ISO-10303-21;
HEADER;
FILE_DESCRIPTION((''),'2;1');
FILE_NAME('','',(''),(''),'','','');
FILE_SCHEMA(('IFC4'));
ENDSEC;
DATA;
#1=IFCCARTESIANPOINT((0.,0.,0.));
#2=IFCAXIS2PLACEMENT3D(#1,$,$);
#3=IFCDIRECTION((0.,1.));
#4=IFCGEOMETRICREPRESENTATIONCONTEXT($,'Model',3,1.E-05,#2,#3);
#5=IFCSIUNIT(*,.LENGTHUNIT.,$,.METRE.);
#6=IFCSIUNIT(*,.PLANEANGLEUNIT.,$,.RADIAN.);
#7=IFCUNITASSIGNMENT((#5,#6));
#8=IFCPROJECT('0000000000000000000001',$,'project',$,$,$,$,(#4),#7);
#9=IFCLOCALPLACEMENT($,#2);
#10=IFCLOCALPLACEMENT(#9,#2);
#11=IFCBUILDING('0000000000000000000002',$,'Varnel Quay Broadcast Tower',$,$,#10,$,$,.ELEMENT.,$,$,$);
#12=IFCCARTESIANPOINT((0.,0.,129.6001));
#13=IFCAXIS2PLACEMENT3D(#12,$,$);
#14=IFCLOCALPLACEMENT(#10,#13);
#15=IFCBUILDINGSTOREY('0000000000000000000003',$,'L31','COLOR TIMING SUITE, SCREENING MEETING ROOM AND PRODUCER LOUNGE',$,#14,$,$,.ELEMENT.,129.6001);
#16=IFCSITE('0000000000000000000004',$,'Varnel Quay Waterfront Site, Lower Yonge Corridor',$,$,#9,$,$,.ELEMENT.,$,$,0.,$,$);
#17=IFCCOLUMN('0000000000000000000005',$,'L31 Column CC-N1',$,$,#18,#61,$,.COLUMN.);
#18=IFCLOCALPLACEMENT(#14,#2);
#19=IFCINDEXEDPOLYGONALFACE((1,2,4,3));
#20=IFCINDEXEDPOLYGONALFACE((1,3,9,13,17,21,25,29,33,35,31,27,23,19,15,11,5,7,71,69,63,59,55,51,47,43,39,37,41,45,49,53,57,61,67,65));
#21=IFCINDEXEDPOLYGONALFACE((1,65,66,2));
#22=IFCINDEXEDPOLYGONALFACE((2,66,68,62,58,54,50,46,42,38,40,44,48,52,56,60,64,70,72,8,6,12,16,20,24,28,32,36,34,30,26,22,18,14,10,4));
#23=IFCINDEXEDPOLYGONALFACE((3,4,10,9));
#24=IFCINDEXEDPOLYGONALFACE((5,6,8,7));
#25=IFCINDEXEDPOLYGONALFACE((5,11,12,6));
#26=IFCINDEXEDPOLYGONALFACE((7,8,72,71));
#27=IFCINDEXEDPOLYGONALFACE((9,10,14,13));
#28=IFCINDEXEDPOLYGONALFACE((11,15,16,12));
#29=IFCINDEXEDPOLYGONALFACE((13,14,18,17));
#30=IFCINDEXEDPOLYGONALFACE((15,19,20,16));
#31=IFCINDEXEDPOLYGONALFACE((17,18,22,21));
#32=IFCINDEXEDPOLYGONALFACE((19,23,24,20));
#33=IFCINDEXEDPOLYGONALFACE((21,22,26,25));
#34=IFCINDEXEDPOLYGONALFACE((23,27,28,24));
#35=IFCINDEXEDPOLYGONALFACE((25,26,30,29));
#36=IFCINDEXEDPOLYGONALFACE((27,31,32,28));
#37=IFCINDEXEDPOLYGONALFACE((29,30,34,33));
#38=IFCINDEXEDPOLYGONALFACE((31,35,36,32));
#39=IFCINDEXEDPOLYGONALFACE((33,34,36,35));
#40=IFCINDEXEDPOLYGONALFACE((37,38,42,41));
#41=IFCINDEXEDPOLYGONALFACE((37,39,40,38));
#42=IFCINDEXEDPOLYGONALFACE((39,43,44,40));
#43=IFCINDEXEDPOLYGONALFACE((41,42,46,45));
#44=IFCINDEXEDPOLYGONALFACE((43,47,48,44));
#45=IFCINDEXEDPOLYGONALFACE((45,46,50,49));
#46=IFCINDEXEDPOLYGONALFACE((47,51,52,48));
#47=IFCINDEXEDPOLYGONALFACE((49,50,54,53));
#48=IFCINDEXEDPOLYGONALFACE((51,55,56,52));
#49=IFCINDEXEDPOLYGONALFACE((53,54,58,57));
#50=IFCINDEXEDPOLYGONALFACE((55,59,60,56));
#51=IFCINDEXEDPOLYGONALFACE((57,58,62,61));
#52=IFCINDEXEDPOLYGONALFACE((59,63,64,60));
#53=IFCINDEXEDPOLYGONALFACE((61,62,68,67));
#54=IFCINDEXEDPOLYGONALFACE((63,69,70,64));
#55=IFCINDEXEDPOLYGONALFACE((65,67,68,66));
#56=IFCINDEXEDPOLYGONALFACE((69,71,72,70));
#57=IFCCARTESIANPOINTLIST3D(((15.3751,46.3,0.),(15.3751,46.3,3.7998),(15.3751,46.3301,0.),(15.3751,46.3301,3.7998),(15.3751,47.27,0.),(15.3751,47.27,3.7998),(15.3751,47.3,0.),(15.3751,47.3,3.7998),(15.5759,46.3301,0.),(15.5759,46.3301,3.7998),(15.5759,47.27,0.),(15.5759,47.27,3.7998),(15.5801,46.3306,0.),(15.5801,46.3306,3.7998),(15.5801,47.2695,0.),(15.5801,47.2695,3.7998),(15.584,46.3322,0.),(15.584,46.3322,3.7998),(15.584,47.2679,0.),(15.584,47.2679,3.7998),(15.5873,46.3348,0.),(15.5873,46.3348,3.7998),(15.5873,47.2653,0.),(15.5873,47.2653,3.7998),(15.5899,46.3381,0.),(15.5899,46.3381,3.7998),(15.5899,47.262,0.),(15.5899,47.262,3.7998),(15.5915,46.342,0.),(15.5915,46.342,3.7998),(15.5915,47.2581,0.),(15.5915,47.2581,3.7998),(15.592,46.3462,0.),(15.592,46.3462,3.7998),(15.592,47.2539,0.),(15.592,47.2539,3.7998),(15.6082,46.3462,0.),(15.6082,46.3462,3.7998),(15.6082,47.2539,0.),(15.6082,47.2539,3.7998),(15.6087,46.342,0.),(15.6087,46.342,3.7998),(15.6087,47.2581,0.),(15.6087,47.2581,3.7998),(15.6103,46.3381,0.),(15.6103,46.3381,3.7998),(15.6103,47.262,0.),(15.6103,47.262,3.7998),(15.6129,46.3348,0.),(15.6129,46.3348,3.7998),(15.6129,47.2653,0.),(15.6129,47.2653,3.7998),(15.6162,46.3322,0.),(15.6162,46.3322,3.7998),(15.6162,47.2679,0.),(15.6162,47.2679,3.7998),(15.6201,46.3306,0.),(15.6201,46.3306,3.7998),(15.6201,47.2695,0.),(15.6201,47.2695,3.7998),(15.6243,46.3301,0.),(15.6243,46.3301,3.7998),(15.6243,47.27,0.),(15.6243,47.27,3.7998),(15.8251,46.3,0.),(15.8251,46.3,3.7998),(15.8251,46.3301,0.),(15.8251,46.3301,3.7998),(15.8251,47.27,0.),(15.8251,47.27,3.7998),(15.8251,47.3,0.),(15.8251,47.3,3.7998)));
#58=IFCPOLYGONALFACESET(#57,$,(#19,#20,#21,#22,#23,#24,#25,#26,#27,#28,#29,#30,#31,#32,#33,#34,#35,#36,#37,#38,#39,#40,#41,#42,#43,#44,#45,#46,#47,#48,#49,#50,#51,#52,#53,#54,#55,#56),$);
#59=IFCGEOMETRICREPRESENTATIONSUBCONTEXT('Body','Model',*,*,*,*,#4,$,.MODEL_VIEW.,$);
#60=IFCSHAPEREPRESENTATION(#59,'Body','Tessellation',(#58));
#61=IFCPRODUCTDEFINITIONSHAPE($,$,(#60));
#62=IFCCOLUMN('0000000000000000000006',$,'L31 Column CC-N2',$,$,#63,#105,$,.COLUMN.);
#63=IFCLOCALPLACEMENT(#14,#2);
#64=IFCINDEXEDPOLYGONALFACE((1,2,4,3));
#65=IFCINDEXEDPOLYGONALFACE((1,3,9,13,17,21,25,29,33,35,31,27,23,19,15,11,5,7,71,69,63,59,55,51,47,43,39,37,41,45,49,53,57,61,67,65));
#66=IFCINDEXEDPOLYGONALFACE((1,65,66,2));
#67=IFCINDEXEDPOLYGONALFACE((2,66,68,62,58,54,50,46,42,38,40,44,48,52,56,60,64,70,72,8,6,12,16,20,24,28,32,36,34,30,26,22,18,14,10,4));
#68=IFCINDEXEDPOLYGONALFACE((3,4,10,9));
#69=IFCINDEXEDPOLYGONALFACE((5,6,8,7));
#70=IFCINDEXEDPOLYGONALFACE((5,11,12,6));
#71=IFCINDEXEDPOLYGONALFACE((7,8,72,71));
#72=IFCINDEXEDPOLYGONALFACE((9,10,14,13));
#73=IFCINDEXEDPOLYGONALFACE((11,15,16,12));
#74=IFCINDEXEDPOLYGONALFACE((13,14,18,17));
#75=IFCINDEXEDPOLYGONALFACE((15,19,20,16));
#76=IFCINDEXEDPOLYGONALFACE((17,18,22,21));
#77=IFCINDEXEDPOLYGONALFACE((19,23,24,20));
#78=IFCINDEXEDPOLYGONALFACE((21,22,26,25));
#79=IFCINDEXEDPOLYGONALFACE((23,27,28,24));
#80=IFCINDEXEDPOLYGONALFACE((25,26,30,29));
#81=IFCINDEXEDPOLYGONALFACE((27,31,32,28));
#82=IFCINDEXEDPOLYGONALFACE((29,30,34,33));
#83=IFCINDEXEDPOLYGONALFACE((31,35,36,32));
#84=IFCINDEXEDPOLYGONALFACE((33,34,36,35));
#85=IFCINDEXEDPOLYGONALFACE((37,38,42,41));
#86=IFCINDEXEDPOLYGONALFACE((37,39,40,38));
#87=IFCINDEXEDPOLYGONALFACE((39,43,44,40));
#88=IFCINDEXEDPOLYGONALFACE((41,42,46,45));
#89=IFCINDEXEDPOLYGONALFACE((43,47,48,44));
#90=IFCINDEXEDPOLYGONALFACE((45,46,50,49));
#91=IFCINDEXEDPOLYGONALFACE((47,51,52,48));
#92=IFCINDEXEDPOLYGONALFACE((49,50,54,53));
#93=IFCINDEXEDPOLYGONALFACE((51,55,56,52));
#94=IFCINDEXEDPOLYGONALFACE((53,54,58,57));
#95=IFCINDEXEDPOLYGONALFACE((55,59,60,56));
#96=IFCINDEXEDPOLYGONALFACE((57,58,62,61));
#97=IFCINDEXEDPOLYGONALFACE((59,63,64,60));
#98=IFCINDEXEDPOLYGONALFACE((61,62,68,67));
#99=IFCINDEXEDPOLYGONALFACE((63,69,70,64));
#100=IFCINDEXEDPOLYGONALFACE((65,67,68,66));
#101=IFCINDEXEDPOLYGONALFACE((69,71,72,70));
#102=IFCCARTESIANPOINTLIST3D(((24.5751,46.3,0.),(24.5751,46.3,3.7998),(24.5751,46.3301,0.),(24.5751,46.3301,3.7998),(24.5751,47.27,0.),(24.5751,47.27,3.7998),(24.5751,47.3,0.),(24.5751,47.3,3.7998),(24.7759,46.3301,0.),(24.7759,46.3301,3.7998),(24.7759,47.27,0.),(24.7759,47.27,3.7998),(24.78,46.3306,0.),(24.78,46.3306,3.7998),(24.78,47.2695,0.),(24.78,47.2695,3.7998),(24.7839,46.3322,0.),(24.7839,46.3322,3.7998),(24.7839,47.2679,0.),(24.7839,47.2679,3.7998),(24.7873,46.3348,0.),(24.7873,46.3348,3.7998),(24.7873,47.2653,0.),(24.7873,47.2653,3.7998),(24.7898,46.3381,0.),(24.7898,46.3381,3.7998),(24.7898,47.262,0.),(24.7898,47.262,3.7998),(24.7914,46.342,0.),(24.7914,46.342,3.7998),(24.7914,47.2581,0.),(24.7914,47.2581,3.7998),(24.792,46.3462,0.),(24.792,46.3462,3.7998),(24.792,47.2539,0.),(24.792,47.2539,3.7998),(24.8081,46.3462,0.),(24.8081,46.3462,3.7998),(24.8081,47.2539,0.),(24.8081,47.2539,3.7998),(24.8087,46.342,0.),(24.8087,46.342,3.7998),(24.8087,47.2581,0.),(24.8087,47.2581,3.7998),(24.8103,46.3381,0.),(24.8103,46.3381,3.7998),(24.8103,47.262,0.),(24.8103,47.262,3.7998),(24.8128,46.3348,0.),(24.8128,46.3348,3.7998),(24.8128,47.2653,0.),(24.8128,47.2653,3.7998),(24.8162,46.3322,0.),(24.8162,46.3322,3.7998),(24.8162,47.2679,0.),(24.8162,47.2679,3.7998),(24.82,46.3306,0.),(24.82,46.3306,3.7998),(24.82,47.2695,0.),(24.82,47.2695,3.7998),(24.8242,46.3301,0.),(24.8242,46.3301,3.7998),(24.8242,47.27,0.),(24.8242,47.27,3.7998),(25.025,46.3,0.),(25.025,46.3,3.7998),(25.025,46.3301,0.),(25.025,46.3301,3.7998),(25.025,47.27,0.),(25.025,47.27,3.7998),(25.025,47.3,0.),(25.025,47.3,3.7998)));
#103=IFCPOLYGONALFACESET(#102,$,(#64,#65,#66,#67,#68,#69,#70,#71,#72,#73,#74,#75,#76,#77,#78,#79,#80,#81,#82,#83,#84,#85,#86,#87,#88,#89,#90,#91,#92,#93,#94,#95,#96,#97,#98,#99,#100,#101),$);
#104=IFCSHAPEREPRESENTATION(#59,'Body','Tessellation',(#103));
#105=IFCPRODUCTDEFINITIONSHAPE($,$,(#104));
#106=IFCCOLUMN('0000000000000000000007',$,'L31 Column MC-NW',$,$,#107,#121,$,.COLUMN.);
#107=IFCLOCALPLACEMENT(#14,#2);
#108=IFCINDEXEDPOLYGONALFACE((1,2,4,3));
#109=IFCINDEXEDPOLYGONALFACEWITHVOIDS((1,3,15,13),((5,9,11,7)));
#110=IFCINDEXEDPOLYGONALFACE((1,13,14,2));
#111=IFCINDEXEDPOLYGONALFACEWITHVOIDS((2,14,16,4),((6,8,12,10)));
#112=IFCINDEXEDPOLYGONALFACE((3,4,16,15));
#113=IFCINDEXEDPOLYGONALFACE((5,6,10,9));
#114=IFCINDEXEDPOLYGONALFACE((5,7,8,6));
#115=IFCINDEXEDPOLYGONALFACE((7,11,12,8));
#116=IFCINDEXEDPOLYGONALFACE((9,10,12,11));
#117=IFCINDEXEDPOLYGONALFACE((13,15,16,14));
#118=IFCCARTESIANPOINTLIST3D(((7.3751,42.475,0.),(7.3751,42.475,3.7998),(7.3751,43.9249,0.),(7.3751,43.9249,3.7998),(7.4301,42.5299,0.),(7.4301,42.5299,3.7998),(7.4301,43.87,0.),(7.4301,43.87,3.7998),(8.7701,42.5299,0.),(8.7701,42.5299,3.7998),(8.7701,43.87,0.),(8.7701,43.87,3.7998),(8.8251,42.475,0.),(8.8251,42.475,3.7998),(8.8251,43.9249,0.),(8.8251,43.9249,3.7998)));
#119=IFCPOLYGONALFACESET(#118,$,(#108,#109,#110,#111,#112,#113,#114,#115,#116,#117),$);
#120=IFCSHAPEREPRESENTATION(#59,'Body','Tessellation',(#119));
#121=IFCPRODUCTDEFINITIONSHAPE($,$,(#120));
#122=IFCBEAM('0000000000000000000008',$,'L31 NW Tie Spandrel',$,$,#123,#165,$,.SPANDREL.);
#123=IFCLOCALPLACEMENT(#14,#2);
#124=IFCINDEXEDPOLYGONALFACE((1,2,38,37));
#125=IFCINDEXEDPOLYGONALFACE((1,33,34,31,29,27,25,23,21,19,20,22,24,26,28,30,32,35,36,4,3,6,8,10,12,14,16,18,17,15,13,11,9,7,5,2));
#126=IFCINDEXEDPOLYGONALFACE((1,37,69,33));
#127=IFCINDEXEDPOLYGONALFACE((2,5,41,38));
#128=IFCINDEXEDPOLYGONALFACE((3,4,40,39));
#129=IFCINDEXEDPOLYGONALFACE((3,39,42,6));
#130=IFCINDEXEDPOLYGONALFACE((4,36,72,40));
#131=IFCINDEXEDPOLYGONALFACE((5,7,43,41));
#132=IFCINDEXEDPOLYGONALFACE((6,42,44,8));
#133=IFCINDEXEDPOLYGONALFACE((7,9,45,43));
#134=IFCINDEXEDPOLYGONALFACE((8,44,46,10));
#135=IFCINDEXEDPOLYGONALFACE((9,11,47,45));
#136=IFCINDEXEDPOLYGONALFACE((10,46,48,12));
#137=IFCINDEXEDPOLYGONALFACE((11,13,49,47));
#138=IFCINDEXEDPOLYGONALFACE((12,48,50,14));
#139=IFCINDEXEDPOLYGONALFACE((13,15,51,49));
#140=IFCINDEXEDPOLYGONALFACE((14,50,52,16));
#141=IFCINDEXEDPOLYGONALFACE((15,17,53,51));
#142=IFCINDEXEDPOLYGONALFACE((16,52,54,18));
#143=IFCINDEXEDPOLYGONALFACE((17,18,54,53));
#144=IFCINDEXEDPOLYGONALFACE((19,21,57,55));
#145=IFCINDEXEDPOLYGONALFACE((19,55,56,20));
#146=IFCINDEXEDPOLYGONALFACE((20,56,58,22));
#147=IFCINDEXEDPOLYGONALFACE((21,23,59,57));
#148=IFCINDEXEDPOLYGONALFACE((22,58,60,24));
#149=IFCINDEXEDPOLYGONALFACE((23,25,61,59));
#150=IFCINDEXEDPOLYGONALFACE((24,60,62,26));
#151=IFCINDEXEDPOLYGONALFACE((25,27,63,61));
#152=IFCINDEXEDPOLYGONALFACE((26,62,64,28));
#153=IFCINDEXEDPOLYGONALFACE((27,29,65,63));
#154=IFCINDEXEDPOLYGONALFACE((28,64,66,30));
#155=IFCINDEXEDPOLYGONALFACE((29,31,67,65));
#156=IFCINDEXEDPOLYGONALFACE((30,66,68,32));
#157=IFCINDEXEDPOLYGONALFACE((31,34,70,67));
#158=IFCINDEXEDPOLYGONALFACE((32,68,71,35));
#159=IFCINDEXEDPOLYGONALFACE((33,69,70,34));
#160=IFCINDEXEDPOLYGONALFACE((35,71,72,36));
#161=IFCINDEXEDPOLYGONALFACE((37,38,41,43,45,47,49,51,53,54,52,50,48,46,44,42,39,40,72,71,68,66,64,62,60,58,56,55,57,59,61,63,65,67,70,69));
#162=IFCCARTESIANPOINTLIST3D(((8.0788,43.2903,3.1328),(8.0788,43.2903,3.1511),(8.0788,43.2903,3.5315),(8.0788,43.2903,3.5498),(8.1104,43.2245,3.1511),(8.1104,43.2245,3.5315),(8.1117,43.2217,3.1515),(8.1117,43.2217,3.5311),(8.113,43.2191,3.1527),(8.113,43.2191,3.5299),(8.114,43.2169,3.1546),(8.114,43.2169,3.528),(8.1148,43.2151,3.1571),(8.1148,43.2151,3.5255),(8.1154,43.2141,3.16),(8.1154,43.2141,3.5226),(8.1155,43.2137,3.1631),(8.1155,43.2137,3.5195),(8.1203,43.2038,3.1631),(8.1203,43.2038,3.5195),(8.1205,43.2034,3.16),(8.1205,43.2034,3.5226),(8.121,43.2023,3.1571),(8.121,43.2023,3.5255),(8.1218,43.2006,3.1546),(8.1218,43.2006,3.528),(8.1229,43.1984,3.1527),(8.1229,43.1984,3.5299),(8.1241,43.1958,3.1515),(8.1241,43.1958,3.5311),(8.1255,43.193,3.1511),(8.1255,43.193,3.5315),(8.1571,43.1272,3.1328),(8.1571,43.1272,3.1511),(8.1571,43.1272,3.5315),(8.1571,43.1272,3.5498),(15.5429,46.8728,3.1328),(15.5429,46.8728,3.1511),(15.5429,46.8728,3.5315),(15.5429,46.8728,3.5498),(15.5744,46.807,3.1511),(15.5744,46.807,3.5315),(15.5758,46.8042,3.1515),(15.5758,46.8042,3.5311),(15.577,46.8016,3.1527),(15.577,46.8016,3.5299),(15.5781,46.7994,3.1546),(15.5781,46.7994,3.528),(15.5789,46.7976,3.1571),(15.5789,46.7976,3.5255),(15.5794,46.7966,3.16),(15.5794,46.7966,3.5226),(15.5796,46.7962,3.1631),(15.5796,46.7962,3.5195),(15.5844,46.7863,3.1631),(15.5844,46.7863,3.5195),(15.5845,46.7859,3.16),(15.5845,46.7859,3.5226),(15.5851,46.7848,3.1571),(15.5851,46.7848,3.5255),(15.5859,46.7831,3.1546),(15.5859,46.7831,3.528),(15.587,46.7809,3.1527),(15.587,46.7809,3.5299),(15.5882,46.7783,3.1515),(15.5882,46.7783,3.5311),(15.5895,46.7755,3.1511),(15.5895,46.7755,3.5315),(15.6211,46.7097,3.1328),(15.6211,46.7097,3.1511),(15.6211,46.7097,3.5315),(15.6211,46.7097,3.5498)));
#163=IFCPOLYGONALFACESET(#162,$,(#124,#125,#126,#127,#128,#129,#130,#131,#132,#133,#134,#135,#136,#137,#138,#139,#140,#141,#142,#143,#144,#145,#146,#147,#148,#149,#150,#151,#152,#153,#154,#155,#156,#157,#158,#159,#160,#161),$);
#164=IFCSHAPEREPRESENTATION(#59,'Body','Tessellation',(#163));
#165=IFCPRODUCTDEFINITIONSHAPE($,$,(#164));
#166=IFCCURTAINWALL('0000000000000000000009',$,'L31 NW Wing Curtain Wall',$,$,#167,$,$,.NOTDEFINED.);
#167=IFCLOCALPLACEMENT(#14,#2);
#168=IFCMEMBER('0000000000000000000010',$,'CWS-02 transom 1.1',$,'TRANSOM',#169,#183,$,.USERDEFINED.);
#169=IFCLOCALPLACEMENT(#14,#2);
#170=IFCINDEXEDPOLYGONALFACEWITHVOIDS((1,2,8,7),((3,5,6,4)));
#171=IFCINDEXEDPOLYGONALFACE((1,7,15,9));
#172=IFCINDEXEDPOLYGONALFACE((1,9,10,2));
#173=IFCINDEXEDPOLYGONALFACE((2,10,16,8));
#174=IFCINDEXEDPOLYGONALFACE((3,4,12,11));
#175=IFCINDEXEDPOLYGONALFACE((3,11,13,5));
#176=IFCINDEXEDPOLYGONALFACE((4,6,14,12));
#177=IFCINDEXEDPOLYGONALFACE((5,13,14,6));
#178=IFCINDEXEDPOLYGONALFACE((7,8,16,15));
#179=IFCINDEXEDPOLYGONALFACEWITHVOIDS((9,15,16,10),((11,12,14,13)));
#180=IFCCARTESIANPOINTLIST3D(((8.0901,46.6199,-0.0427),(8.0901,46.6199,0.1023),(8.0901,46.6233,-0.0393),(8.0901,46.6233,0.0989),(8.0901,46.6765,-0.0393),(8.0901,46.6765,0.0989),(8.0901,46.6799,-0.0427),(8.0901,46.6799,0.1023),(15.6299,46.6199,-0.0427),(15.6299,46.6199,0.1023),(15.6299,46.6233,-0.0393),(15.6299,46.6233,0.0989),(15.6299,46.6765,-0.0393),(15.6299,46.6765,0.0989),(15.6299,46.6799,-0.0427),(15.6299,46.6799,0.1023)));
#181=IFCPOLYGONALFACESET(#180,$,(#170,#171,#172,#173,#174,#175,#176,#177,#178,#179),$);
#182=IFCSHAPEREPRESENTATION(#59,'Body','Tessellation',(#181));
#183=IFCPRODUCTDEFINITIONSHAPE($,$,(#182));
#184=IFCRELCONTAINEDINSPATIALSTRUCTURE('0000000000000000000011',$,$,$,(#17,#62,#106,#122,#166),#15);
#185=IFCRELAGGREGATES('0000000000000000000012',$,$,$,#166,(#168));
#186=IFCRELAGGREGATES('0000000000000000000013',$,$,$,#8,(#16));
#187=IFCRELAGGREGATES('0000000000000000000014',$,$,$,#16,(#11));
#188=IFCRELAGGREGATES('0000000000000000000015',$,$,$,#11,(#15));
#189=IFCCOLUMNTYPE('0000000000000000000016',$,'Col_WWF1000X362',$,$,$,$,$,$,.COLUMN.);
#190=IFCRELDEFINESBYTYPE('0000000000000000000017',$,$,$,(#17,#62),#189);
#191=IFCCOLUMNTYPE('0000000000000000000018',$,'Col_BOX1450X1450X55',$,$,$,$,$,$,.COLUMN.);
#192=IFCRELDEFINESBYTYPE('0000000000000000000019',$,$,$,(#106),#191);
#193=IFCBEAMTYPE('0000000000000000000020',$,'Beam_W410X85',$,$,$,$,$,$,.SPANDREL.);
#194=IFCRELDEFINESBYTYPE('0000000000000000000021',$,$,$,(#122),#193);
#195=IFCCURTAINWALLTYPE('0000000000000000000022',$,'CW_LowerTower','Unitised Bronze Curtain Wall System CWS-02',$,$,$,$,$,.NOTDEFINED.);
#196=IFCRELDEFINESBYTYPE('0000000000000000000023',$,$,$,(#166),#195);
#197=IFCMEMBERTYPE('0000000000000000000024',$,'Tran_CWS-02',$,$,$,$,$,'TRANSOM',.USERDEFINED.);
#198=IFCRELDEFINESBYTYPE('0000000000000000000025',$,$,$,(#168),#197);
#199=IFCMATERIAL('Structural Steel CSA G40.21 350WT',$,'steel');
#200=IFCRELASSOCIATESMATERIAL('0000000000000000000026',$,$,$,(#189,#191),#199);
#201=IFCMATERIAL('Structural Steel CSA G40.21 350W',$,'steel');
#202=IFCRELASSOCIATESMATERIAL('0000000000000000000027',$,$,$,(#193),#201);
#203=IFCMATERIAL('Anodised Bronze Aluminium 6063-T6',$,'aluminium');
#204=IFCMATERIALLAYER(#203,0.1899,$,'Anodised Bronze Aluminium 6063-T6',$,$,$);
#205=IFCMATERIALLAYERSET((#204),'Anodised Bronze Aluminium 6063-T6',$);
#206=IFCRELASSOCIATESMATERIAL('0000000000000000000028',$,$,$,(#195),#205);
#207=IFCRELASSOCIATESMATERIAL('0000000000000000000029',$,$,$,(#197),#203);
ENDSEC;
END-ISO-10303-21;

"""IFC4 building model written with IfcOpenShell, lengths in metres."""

from ifc_helpers import new_model, si_unit, direction, frame, origin, origin_2d, place, context, subcontext, project, spatial, hollow_rectangle, i_section, extrude, source, transform, mapped, material, layer, layer_set, material_profile, profile_set, type_object, type_shapes, element, aggregate, save


model = new_model("IFC4")

# Units and contexts
model_context = context("Model", 3, precision=1e-05, world=origin(), true_north=direction((0.0, 1.0)))
body_context = subcontext(model_context, "Body", "Model", "MODEL_VIEW")
ifc_project = project(units=[si_unit("LENGTHUNIT", "METRE"), si_unit("PLANEANGLEUNIT", "RADIAN")], contexts=[model_context])

# Site, building, storey
site_placement = place(None, origin())
site = spatial("IfcSite", under=ifc_project, at=site_placement, Name="Varnel Quay Waterfront Site, Lower Yonge Corridor", CompositionType="ELEMENT", RefElevation=0.0)
building_placement = place(site_placement, origin())
building = spatial("IfcBuilding", under=site, at=building_placement, Name="Varnel Quay Broadcast Tower", CompositionType="ELEMENT")
storey_placement = place(building_placement, frame((0.0, 0.0, 129.6001)))
storey = spatial("IfcBuildingStorey", under=building, at=storey_placement, Name="L31", Description="COLOR TIMING SUITE, SCREENING MEETING ROOM AND PRODUCER LOUNGE", CompositionType="ELEMENT", Elevation=129.6001)

# Columns
ifc_material_1 = material(Name="Structural Steel CSA G40.21 350WT", Category="steel")
ifc_material_profile_1 = material_profile(ifc_material_1, i_section(OverallWidth=0.45, OverallDepth=1.0, WebThickness=0.0161, FlangeThickness=0.03, FilletRadius=0.0161, at=origin_2d()), Name="WWF1000X362")
ifc_profile_set_1 = profile_set([ifc_material_profile_1], Name="Structural Steel CSA G40.21 350WT")
column_type_1 = type_object("IfcColumnType", Name="Col_WWF1000X362", PredefinedType="COLUMN", material=ifc_profile_set_1)
shared_shape_1 = source(origin(), body_context, "Body", "SweptSolid", [
    extrude(i_section(OverallWidth=0.45, OverallDepth=1.0, WebThickness=0.0161, FlangeThickness=0.03, FilletRadius=0.0161, at=origin_2d()), origin(), (0.0, 0.0, 1.0), 3.7998),
])
type_shapes(column_type_1, [shared_shape_1])
for number, where, z_axis, x_axis, name in (
    (1, (15.6001, 46.8, 0.0), (0.0, 0.0, 1.0), (1.0, 0.0, 0.0), "L31 Column CC-N1"),
    (2, (24.8, 46.8, 0.0), (0.0, 0.0, 1.0), (1.0, 0.0, 0.0), "L31 Column CC-N2"),
):
    element("IfcColumn", number, at=place(storey_placement, frame(where, z_axis=z_axis, x_axis=x_axis)), inside=storey, type_object=column_type_1, Name=name, PredefinedType="COLUMN", context=body_context, shape_type="MappedRepresentation", body=[
        mapped(shared_shape_1, transform((0.0, 0.0, 0.0), x_axis=(1.0, 0.0, 0.0), y_axis=(0.0, 1.0, 0.0), z_axis=(0.0, 0.0, 1.0), scale=1.0)),
    ])
ifc_material_profile_2 = material_profile(ifc_material_1, hollow_rectangle(XDim=1.45, YDim=1.45, WallThickness=0.0549, at=origin_2d()), Name="BOX1450X1450X55")
ifc_profile_set_2 = profile_set([ifc_material_profile_2], Name="Structural Steel CSA G40.21 350WT")
column_type_2 = type_object("IfcColumnType", Name="Col_BOX1450X1450X55", PredefinedType="COLUMN", material=ifc_profile_set_2)
shared_shape_2 = source(origin(), body_context, "Body", "SweptSolid", [
    extrude(hollow_rectangle(XDim=1.45, YDim=1.45, WallThickness=0.0549, at=origin_2d()), origin(), (0.0, 0.0, 1.0), 3.7998),
])
type_shapes(column_type_2, [shared_shape_2])
column_placement = place(storey_placement, frame((8.1001, 43.2, 0.0), z_axis=(0.0, 0.0, 1.0), x_axis=(1.0, 0.0, 0.0)))
element("IfcColumn", 3, at=column_placement, inside=storey, type_object=column_type_2, Name="L31 Column MC-NW", PredefinedType="COLUMN", context=body_context, shape_type="MappedRepresentation", body=[
    mapped(shared_shape_2, transform((0.0, 0.0, 0.0), x_axis=(1.0, 0.0, 0.0), y_axis=(0.0, 1.0, 0.0), z_axis=(0.0, 0.0, 1.0), scale=1.0)),
])

# Beam
ifc_material_2 = material(Name="Structural Steel CSA G40.21 350W", Category="steel")
ifc_material_profile_3 = material_profile(ifc_material_2, i_section(OverallWidth=0.1809, OverallDepth=0.417, WebThickness=0.011, FlangeThickness=0.0183, FilletRadius=0.012, at=origin_2d()), Name="W410X85")
ifc_profile_set_3 = profile_set([ifc_material_profile_3], Name="Structural Steel CSA G40.21 350W")
beam_type = type_object("IfcBeamType", Name="Beam_W410X85", PredefinedType="SPANDREL", material=ifc_profile_set_3)
shared_shape_3 = source(origin(), body_context, "Body", "SweptSolid", [
    extrude(i_section(OverallWidth=0.1809, OverallDepth=0.417, WebThickness=0.011, FlangeThickness=0.0183, FilletRadius=0.012, at=origin_2d()), origin(), (0.0, 0.0, 1.0), 8.2793),
])
type_shapes(beam_type, [shared_shape_3])
beam_placement = place(storey_placement, frame((8.1179, 43.2087, 3.3413), z_axis=(0.901535, 0.432706, 0.0), x_axis=(-0.432706, 0.901535, 0.0)))
element("IfcBeam", 4, at=beam_placement, inside=storey, type_object=beam_type, Name="L31 NW Tie Spandrel", PredefinedType="SPANDREL", context=body_context, shape_type="MappedRepresentation", body=[
    mapped(shared_shape_3, transform((0.0, 0.0, 0.0), x_axis=(1.0, 0.0, 0.0), y_axis=(0.0, 1.0, 0.0), z_axis=(0.0, 0.0, 1.0), scale=1.0)),
])

# Curtain wall, member
ifc_material_3 = material(Name="Anodised Bronze Aluminium 6063-T6", Category="aluminium")
ifc_layer_1 = layer(ifc_material_3, 0.1899, Name="Anodised Bronze Aluminium 6063-T6")
ifc_layer_set_1 = layer_set([ifc_layer_1], Name="Anodised Bronze Aluminium 6063-T6")
curtain_wall_type = type_object("IfcCurtainWallType", Name="CW_LowerTower", Description="Unitised Bronze Curtain Wall System CWS-02", PredefinedType="NOTDEFINED", material=ifc_layer_set_1)
curtain_wall_1_placement = place(storey_placement, origin())
curtain_wall_1 = element("IfcCurtainWall", 5, at=curtain_wall_1_placement, inside=storey, type_object=curtain_wall_type, Name="L31 NW Wing Curtain Wall", PredefinedType="NOTDEFINED")
ifc_material_profile_4 = material_profile(ifc_material_3, hollow_rectangle(XDim=0.0601, YDim=0.145, WallThickness=0.0034, at=origin_2d()), Name="ALU60X145X3.5")
ifc_profile_set_4 = profile_set([ifc_material_profile_4], Name="Anodised Bronze Aluminium 6063-T6")
member_type_1 = type_object("IfcMemberType", Name="Tran_CWS-02", ElementType="TRANSOM", PredefinedType="USERDEFINED", material=ifc_profile_set_4)
shared_shape_4 = source(origin(), body_context, "Body", "SweptSolid", [
    extrude(hollow_rectangle(XDim=0.0601, YDim=0.145, WallThickness=0.0034, at=origin_2d()), origin(), (0.0, 0.0, 1.0), 7.5398),
])
type_shapes(member_type_1, [shared_shape_4])
member_1_placement = place(storey_placement, frame((8.0901, 46.6499, 0.0298), z_axis=(1.0, 0.0, 0.0), x_axis=(0.0, 1.0, 0.0)))
member_1 = element("IfcMember", 6, at=member_1_placement, type_object=member_type_1, Name="CWS-02 transom 1.1", ObjectType="TRANSOM", PredefinedType="USERDEFINED", context=body_context, shape_type="MappedRepresentation", body=[
    mapped(shared_shape_4, transform((0.0, 0.0, 0.0), x_axis=(1.0, 0.0, 0.0), y_axis=(0.0, 1.0, 0.0), z_axis=(0.0, 0.0, 1.0), scale=1.0)),
])

aggregate(curtain_wall_1, [member_1])

save(model, "model.ifc")
